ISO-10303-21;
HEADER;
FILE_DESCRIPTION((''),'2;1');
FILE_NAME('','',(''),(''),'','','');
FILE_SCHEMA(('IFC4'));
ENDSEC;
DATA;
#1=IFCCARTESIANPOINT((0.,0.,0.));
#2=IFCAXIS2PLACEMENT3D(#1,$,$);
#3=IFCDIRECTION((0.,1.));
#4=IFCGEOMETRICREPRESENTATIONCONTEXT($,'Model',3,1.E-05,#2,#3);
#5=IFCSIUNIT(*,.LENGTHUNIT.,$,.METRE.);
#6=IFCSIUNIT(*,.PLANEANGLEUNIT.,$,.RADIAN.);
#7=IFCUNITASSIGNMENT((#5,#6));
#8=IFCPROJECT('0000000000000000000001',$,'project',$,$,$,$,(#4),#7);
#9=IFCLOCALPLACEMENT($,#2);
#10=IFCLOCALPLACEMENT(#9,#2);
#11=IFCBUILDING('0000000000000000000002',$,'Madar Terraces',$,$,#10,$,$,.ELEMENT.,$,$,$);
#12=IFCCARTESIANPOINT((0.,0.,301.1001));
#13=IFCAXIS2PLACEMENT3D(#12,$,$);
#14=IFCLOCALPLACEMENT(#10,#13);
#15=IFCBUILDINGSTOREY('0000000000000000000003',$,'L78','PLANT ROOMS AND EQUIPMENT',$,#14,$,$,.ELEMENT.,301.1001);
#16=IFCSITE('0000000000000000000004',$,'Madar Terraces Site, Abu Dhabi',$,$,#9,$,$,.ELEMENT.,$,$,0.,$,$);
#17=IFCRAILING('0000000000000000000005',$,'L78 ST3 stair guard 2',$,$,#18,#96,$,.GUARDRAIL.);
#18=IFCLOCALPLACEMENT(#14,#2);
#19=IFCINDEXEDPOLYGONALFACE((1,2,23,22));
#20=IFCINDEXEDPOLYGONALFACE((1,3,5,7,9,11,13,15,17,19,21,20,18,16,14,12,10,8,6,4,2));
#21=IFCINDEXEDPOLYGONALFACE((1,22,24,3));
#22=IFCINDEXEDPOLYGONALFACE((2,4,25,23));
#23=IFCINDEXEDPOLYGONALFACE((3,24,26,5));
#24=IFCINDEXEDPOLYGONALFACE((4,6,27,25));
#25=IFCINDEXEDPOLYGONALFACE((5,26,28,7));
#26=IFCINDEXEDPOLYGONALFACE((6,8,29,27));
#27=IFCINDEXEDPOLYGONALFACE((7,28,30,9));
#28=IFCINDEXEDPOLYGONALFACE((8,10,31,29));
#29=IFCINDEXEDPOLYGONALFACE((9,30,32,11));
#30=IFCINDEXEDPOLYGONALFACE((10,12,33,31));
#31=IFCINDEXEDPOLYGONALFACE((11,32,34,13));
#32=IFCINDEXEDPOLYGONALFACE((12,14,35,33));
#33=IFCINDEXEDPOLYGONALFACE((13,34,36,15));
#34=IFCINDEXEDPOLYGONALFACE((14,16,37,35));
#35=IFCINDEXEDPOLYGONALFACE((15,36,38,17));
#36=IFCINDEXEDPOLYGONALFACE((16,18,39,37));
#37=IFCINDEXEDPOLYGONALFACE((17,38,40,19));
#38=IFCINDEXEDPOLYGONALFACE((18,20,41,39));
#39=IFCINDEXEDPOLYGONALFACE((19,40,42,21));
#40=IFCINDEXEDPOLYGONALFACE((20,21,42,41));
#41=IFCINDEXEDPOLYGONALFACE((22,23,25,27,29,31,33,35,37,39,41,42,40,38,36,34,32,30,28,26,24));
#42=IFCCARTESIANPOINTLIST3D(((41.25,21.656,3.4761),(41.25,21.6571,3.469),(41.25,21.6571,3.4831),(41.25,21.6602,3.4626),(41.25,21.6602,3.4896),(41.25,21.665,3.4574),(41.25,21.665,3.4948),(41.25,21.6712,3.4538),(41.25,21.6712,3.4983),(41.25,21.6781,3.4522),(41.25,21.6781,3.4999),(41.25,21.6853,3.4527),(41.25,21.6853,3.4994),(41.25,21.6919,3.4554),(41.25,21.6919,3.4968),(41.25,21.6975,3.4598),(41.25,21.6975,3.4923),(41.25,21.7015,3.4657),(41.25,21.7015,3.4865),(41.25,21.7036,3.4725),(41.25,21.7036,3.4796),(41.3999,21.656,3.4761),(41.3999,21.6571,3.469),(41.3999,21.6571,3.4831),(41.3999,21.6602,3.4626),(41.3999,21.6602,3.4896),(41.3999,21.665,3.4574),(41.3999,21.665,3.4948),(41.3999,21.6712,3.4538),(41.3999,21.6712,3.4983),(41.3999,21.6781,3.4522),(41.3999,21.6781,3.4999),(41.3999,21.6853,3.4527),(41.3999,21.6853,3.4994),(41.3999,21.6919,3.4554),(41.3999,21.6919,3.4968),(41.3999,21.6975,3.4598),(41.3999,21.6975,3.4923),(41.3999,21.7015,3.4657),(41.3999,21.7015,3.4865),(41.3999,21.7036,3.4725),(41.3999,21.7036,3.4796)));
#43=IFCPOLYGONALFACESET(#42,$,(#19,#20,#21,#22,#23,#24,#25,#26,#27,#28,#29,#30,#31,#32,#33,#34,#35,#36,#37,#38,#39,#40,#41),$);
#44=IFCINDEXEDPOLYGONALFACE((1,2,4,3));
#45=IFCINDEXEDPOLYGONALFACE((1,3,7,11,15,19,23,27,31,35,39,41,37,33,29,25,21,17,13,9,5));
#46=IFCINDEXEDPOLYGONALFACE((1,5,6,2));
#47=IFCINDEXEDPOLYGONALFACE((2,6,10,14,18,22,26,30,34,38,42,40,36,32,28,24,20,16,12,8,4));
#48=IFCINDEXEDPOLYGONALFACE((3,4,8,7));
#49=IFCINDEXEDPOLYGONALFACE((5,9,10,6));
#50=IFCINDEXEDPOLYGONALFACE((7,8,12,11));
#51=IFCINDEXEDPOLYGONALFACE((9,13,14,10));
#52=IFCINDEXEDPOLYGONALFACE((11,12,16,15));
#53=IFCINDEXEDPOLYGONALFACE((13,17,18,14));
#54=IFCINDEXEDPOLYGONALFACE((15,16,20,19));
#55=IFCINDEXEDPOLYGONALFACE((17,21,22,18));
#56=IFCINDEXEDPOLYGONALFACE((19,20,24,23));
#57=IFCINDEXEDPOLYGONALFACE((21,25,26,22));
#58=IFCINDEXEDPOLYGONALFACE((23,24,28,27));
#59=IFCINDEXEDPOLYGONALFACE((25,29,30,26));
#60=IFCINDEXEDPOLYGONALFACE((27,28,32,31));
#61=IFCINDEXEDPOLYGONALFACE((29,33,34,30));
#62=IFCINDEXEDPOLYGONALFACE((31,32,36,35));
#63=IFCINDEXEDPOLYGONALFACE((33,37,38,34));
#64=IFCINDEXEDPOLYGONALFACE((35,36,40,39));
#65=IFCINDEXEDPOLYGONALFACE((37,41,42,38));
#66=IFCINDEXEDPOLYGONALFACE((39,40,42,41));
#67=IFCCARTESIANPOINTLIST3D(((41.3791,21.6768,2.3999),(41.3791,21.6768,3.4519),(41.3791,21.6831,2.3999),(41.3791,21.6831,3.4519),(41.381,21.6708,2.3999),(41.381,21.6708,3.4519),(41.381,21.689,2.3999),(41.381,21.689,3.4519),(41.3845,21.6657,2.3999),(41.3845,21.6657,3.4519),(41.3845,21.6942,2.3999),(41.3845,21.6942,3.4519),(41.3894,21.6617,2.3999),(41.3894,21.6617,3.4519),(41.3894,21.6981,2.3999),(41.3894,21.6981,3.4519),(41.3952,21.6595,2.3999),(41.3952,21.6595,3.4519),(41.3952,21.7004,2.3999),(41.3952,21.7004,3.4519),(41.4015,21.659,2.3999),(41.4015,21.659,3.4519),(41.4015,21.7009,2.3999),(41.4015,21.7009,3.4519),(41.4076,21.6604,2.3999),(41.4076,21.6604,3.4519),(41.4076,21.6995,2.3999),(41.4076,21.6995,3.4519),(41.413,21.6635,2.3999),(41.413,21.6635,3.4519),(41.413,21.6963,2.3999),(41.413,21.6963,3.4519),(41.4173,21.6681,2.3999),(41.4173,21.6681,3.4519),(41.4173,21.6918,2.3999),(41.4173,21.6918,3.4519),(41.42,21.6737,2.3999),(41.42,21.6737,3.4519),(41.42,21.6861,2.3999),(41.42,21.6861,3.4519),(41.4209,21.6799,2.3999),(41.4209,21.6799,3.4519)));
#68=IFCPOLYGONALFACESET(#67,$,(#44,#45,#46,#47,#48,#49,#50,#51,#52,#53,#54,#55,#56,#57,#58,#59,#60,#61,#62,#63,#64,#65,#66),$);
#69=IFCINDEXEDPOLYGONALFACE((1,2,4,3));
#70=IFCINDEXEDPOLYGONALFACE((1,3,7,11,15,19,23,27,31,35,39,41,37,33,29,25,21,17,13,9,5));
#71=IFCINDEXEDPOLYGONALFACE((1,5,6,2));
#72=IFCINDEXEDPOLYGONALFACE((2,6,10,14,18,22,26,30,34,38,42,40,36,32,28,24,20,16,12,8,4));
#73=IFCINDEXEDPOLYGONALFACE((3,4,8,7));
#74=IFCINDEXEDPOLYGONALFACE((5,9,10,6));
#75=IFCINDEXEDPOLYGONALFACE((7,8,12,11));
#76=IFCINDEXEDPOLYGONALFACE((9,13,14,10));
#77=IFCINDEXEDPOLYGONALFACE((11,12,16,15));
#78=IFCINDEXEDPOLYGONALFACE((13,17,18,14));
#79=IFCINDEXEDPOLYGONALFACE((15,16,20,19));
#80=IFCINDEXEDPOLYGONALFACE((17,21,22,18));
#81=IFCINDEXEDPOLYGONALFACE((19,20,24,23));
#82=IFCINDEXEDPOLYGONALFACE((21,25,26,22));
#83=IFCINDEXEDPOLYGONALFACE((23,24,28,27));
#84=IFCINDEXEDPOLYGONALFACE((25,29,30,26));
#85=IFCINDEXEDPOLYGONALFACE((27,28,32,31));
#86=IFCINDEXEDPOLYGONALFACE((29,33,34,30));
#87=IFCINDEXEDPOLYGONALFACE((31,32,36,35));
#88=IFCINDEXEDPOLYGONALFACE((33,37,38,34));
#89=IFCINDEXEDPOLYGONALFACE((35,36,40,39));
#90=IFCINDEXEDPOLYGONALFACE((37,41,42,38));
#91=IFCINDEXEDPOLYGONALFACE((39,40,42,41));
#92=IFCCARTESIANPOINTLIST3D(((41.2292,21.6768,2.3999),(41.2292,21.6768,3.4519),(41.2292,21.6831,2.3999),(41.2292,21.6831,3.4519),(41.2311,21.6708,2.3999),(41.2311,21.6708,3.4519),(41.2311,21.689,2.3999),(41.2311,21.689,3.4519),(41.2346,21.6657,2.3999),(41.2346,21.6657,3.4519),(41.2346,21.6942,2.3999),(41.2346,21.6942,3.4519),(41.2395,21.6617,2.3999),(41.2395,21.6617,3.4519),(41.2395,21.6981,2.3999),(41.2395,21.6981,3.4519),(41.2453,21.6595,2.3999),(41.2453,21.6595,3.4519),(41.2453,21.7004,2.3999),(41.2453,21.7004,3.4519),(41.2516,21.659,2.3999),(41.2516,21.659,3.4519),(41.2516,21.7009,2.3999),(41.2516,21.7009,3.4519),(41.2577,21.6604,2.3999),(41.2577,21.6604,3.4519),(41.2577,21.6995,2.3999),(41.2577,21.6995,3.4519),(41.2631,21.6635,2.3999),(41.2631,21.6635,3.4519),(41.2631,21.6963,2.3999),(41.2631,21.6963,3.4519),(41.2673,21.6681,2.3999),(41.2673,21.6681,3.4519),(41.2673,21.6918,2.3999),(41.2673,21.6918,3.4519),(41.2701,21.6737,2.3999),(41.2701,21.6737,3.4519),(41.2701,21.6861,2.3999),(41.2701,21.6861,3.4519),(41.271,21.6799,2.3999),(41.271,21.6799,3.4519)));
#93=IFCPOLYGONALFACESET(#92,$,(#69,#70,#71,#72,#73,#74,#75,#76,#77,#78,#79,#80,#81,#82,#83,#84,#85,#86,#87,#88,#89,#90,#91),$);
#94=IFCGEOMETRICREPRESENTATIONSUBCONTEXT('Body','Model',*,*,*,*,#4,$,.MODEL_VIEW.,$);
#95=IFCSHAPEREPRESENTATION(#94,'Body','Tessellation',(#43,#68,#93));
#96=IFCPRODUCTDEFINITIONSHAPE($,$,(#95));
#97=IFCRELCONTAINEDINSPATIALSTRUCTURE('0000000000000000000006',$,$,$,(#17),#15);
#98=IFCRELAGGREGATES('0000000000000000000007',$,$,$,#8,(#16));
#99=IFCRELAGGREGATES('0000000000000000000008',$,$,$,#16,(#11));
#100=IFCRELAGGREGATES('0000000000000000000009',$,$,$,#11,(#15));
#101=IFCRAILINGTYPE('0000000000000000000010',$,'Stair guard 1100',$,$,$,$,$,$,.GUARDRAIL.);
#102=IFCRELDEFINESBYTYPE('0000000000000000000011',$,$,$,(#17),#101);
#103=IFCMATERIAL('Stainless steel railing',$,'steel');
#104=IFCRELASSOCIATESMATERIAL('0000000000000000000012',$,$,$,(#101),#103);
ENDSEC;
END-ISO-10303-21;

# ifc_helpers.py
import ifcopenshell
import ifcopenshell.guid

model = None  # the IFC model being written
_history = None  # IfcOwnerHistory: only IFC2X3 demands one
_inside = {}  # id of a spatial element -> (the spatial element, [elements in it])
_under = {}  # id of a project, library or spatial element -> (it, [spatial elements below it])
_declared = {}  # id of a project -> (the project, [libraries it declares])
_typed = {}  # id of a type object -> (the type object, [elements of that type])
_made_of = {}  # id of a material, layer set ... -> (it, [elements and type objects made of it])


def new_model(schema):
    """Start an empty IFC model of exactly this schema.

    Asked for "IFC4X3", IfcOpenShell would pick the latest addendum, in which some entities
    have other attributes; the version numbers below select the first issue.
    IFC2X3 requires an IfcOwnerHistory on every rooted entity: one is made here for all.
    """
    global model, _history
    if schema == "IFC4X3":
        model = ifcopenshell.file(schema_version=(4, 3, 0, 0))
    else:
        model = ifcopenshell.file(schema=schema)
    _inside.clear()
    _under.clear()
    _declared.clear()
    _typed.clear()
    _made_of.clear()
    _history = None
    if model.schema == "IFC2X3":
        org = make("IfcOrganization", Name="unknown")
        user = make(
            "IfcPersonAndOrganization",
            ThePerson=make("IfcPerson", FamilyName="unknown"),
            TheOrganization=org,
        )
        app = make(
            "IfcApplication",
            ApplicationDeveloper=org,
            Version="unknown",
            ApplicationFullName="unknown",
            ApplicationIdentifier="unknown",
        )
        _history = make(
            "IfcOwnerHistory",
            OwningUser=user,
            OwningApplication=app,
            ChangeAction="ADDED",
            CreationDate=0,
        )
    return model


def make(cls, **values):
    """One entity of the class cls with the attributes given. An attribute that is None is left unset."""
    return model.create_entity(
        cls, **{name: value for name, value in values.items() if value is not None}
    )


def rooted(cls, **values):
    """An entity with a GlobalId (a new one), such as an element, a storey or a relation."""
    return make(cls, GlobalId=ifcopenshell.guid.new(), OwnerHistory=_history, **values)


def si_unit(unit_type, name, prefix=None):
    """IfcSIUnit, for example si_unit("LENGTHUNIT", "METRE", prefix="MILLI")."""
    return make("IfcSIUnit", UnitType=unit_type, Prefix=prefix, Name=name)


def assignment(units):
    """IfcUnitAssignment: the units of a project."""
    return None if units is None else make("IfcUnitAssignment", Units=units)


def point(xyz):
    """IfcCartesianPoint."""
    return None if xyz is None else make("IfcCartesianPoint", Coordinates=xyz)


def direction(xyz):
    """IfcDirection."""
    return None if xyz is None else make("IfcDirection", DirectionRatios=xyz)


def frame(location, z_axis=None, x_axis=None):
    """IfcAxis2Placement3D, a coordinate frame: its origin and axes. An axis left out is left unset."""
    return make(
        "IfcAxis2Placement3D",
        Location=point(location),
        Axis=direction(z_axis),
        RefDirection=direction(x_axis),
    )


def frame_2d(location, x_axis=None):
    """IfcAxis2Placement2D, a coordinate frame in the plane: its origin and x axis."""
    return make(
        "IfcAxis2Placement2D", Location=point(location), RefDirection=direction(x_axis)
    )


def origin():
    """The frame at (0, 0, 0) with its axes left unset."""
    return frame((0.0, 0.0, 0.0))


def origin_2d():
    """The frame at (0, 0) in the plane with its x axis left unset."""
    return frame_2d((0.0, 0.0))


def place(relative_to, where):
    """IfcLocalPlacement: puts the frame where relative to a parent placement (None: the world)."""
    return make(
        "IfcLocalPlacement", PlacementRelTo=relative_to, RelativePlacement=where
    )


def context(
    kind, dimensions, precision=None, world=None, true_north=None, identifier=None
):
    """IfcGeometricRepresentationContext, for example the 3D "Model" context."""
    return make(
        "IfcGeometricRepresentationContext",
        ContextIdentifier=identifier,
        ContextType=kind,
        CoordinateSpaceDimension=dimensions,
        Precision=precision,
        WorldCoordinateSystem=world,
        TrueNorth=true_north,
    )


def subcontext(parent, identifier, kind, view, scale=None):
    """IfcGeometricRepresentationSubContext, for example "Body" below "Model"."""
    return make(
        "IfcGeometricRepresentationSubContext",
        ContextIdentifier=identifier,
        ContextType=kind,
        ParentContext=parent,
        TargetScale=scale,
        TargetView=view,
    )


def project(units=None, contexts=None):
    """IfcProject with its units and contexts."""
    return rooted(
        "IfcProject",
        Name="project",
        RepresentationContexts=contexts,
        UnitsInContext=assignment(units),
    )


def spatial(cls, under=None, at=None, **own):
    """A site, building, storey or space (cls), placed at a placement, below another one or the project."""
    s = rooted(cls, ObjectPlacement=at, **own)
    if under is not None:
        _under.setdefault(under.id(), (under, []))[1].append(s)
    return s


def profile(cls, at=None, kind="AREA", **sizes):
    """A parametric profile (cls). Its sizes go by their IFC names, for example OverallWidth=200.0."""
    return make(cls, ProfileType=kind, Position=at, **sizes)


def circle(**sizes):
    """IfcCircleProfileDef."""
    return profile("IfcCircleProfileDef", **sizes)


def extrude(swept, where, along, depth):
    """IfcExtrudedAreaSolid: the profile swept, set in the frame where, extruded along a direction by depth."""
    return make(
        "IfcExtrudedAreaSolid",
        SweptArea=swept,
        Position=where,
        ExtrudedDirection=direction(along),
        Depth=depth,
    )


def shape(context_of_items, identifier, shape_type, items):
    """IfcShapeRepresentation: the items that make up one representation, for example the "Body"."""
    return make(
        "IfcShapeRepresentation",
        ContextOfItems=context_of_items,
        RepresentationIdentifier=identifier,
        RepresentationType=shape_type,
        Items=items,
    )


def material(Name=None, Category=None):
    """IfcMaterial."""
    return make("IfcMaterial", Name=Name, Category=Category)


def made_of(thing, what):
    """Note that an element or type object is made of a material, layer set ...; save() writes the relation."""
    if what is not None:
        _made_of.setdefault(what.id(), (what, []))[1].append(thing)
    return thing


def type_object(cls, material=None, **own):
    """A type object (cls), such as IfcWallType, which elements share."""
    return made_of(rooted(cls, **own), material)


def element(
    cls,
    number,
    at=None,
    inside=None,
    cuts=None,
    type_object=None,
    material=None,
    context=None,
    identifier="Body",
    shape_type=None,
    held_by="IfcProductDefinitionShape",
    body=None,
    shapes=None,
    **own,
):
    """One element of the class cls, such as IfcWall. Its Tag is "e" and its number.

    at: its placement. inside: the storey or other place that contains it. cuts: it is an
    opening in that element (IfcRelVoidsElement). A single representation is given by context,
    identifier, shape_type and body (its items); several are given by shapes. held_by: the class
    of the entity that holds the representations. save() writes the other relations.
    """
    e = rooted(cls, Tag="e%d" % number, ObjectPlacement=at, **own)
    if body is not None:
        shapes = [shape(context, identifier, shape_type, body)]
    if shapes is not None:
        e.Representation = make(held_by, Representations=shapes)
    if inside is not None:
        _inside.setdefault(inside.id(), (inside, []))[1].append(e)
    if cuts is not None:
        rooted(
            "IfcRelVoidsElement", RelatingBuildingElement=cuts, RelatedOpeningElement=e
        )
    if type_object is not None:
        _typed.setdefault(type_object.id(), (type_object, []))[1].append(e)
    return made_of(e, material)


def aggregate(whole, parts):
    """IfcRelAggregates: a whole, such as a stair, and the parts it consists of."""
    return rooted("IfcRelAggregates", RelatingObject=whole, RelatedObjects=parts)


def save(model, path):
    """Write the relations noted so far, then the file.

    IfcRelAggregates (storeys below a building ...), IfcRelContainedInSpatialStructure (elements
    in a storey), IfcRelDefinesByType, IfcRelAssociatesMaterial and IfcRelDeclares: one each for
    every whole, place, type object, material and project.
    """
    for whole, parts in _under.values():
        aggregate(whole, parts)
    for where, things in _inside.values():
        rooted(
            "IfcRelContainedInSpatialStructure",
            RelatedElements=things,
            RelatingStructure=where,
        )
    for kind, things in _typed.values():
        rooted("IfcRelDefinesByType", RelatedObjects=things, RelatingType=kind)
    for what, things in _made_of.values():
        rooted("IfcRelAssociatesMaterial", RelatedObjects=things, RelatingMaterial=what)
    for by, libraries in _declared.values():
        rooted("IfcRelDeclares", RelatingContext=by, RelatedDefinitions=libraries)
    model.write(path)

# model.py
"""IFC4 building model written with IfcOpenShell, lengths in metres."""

from ifc_helpers import new_model, si_unit, direction, frame, origin, origin_2d, place, context, subcontext, project, spatial, circle, extrude, material, type_object, element, save


model = new_model("IFC4")

# Units and contexts
model_context = context("Model", 3, precision=1e-05, world=origin(), true_north=direction((0.0, 1.0)))
body_context = subcontext(model_context, "Body", "Model", "MODEL_VIEW")
ifc_project = project(units=[si_unit("LENGTHUNIT", "METRE"), si_unit("PLANEANGLEUNIT", "RADIAN")], contexts=[model_context])

# Site, building, storey
site_placement = place(None, origin())
site = spatial("IfcSite", under=ifc_project, at=site_placement, Name="Madar Terraces Site, Abu Dhabi", CompositionType="ELEMENT", RefElevation=0.0)
building_placement = place(site_placement, origin())
building = spatial("IfcBuilding", under=site, at=building_placement, Name="Madar Terraces", CompositionType="ELEMENT")
storey_placement = place(building_placement, frame((0.0, 0.0, 301.1001)))
storey = spatial("IfcBuildingStorey", under=building, at=storey_placement, Name="L78", Description="PLANT ROOMS AND EQUIPMENT", CompositionType="ELEMENT", Elevation=301.1001)

# Railing
ifc_material_1 = material(Name="Stainless steel railing", Category="steel")
railing_type_1 = type_object("IfcRailingType", Name="Stair guard 1100", PredefinedType="GUARDRAIL", material=ifc_material_1)
railing_1_placement = place(storey_placement, frame((41.3999, 21.6799, 2.3999)))
element("IfcRailing", 1, at=railing_1_placement, inside=storey, type_object=railing_type_1, Name="L78 ST3 stair guard 2", PredefinedType="GUARDRAIL", context=body_context, shape_type="SweptSolid", body=[
    extrude(circle(Radius=0.0239, at=origin_2d()), frame((0.0, 0.0, 1.0762), z_axis=(-1.0, 0.0, 0.0), x_axis=(0.0, -1.0, 0.0)), (0.0, 0.0, 1.0), 0.1499),
    extrude(circle(Radius=0.021, at=origin_2d()), origin(), (0.0, 0.0, 1.0), 1.052),
    extrude(circle(Radius=0.021, at=origin_2d()), frame((-0.1499, 0.0, 0.0)), (0.0, 0.0, 1.0), 1.052),
])

save(model, "model.ifc")
